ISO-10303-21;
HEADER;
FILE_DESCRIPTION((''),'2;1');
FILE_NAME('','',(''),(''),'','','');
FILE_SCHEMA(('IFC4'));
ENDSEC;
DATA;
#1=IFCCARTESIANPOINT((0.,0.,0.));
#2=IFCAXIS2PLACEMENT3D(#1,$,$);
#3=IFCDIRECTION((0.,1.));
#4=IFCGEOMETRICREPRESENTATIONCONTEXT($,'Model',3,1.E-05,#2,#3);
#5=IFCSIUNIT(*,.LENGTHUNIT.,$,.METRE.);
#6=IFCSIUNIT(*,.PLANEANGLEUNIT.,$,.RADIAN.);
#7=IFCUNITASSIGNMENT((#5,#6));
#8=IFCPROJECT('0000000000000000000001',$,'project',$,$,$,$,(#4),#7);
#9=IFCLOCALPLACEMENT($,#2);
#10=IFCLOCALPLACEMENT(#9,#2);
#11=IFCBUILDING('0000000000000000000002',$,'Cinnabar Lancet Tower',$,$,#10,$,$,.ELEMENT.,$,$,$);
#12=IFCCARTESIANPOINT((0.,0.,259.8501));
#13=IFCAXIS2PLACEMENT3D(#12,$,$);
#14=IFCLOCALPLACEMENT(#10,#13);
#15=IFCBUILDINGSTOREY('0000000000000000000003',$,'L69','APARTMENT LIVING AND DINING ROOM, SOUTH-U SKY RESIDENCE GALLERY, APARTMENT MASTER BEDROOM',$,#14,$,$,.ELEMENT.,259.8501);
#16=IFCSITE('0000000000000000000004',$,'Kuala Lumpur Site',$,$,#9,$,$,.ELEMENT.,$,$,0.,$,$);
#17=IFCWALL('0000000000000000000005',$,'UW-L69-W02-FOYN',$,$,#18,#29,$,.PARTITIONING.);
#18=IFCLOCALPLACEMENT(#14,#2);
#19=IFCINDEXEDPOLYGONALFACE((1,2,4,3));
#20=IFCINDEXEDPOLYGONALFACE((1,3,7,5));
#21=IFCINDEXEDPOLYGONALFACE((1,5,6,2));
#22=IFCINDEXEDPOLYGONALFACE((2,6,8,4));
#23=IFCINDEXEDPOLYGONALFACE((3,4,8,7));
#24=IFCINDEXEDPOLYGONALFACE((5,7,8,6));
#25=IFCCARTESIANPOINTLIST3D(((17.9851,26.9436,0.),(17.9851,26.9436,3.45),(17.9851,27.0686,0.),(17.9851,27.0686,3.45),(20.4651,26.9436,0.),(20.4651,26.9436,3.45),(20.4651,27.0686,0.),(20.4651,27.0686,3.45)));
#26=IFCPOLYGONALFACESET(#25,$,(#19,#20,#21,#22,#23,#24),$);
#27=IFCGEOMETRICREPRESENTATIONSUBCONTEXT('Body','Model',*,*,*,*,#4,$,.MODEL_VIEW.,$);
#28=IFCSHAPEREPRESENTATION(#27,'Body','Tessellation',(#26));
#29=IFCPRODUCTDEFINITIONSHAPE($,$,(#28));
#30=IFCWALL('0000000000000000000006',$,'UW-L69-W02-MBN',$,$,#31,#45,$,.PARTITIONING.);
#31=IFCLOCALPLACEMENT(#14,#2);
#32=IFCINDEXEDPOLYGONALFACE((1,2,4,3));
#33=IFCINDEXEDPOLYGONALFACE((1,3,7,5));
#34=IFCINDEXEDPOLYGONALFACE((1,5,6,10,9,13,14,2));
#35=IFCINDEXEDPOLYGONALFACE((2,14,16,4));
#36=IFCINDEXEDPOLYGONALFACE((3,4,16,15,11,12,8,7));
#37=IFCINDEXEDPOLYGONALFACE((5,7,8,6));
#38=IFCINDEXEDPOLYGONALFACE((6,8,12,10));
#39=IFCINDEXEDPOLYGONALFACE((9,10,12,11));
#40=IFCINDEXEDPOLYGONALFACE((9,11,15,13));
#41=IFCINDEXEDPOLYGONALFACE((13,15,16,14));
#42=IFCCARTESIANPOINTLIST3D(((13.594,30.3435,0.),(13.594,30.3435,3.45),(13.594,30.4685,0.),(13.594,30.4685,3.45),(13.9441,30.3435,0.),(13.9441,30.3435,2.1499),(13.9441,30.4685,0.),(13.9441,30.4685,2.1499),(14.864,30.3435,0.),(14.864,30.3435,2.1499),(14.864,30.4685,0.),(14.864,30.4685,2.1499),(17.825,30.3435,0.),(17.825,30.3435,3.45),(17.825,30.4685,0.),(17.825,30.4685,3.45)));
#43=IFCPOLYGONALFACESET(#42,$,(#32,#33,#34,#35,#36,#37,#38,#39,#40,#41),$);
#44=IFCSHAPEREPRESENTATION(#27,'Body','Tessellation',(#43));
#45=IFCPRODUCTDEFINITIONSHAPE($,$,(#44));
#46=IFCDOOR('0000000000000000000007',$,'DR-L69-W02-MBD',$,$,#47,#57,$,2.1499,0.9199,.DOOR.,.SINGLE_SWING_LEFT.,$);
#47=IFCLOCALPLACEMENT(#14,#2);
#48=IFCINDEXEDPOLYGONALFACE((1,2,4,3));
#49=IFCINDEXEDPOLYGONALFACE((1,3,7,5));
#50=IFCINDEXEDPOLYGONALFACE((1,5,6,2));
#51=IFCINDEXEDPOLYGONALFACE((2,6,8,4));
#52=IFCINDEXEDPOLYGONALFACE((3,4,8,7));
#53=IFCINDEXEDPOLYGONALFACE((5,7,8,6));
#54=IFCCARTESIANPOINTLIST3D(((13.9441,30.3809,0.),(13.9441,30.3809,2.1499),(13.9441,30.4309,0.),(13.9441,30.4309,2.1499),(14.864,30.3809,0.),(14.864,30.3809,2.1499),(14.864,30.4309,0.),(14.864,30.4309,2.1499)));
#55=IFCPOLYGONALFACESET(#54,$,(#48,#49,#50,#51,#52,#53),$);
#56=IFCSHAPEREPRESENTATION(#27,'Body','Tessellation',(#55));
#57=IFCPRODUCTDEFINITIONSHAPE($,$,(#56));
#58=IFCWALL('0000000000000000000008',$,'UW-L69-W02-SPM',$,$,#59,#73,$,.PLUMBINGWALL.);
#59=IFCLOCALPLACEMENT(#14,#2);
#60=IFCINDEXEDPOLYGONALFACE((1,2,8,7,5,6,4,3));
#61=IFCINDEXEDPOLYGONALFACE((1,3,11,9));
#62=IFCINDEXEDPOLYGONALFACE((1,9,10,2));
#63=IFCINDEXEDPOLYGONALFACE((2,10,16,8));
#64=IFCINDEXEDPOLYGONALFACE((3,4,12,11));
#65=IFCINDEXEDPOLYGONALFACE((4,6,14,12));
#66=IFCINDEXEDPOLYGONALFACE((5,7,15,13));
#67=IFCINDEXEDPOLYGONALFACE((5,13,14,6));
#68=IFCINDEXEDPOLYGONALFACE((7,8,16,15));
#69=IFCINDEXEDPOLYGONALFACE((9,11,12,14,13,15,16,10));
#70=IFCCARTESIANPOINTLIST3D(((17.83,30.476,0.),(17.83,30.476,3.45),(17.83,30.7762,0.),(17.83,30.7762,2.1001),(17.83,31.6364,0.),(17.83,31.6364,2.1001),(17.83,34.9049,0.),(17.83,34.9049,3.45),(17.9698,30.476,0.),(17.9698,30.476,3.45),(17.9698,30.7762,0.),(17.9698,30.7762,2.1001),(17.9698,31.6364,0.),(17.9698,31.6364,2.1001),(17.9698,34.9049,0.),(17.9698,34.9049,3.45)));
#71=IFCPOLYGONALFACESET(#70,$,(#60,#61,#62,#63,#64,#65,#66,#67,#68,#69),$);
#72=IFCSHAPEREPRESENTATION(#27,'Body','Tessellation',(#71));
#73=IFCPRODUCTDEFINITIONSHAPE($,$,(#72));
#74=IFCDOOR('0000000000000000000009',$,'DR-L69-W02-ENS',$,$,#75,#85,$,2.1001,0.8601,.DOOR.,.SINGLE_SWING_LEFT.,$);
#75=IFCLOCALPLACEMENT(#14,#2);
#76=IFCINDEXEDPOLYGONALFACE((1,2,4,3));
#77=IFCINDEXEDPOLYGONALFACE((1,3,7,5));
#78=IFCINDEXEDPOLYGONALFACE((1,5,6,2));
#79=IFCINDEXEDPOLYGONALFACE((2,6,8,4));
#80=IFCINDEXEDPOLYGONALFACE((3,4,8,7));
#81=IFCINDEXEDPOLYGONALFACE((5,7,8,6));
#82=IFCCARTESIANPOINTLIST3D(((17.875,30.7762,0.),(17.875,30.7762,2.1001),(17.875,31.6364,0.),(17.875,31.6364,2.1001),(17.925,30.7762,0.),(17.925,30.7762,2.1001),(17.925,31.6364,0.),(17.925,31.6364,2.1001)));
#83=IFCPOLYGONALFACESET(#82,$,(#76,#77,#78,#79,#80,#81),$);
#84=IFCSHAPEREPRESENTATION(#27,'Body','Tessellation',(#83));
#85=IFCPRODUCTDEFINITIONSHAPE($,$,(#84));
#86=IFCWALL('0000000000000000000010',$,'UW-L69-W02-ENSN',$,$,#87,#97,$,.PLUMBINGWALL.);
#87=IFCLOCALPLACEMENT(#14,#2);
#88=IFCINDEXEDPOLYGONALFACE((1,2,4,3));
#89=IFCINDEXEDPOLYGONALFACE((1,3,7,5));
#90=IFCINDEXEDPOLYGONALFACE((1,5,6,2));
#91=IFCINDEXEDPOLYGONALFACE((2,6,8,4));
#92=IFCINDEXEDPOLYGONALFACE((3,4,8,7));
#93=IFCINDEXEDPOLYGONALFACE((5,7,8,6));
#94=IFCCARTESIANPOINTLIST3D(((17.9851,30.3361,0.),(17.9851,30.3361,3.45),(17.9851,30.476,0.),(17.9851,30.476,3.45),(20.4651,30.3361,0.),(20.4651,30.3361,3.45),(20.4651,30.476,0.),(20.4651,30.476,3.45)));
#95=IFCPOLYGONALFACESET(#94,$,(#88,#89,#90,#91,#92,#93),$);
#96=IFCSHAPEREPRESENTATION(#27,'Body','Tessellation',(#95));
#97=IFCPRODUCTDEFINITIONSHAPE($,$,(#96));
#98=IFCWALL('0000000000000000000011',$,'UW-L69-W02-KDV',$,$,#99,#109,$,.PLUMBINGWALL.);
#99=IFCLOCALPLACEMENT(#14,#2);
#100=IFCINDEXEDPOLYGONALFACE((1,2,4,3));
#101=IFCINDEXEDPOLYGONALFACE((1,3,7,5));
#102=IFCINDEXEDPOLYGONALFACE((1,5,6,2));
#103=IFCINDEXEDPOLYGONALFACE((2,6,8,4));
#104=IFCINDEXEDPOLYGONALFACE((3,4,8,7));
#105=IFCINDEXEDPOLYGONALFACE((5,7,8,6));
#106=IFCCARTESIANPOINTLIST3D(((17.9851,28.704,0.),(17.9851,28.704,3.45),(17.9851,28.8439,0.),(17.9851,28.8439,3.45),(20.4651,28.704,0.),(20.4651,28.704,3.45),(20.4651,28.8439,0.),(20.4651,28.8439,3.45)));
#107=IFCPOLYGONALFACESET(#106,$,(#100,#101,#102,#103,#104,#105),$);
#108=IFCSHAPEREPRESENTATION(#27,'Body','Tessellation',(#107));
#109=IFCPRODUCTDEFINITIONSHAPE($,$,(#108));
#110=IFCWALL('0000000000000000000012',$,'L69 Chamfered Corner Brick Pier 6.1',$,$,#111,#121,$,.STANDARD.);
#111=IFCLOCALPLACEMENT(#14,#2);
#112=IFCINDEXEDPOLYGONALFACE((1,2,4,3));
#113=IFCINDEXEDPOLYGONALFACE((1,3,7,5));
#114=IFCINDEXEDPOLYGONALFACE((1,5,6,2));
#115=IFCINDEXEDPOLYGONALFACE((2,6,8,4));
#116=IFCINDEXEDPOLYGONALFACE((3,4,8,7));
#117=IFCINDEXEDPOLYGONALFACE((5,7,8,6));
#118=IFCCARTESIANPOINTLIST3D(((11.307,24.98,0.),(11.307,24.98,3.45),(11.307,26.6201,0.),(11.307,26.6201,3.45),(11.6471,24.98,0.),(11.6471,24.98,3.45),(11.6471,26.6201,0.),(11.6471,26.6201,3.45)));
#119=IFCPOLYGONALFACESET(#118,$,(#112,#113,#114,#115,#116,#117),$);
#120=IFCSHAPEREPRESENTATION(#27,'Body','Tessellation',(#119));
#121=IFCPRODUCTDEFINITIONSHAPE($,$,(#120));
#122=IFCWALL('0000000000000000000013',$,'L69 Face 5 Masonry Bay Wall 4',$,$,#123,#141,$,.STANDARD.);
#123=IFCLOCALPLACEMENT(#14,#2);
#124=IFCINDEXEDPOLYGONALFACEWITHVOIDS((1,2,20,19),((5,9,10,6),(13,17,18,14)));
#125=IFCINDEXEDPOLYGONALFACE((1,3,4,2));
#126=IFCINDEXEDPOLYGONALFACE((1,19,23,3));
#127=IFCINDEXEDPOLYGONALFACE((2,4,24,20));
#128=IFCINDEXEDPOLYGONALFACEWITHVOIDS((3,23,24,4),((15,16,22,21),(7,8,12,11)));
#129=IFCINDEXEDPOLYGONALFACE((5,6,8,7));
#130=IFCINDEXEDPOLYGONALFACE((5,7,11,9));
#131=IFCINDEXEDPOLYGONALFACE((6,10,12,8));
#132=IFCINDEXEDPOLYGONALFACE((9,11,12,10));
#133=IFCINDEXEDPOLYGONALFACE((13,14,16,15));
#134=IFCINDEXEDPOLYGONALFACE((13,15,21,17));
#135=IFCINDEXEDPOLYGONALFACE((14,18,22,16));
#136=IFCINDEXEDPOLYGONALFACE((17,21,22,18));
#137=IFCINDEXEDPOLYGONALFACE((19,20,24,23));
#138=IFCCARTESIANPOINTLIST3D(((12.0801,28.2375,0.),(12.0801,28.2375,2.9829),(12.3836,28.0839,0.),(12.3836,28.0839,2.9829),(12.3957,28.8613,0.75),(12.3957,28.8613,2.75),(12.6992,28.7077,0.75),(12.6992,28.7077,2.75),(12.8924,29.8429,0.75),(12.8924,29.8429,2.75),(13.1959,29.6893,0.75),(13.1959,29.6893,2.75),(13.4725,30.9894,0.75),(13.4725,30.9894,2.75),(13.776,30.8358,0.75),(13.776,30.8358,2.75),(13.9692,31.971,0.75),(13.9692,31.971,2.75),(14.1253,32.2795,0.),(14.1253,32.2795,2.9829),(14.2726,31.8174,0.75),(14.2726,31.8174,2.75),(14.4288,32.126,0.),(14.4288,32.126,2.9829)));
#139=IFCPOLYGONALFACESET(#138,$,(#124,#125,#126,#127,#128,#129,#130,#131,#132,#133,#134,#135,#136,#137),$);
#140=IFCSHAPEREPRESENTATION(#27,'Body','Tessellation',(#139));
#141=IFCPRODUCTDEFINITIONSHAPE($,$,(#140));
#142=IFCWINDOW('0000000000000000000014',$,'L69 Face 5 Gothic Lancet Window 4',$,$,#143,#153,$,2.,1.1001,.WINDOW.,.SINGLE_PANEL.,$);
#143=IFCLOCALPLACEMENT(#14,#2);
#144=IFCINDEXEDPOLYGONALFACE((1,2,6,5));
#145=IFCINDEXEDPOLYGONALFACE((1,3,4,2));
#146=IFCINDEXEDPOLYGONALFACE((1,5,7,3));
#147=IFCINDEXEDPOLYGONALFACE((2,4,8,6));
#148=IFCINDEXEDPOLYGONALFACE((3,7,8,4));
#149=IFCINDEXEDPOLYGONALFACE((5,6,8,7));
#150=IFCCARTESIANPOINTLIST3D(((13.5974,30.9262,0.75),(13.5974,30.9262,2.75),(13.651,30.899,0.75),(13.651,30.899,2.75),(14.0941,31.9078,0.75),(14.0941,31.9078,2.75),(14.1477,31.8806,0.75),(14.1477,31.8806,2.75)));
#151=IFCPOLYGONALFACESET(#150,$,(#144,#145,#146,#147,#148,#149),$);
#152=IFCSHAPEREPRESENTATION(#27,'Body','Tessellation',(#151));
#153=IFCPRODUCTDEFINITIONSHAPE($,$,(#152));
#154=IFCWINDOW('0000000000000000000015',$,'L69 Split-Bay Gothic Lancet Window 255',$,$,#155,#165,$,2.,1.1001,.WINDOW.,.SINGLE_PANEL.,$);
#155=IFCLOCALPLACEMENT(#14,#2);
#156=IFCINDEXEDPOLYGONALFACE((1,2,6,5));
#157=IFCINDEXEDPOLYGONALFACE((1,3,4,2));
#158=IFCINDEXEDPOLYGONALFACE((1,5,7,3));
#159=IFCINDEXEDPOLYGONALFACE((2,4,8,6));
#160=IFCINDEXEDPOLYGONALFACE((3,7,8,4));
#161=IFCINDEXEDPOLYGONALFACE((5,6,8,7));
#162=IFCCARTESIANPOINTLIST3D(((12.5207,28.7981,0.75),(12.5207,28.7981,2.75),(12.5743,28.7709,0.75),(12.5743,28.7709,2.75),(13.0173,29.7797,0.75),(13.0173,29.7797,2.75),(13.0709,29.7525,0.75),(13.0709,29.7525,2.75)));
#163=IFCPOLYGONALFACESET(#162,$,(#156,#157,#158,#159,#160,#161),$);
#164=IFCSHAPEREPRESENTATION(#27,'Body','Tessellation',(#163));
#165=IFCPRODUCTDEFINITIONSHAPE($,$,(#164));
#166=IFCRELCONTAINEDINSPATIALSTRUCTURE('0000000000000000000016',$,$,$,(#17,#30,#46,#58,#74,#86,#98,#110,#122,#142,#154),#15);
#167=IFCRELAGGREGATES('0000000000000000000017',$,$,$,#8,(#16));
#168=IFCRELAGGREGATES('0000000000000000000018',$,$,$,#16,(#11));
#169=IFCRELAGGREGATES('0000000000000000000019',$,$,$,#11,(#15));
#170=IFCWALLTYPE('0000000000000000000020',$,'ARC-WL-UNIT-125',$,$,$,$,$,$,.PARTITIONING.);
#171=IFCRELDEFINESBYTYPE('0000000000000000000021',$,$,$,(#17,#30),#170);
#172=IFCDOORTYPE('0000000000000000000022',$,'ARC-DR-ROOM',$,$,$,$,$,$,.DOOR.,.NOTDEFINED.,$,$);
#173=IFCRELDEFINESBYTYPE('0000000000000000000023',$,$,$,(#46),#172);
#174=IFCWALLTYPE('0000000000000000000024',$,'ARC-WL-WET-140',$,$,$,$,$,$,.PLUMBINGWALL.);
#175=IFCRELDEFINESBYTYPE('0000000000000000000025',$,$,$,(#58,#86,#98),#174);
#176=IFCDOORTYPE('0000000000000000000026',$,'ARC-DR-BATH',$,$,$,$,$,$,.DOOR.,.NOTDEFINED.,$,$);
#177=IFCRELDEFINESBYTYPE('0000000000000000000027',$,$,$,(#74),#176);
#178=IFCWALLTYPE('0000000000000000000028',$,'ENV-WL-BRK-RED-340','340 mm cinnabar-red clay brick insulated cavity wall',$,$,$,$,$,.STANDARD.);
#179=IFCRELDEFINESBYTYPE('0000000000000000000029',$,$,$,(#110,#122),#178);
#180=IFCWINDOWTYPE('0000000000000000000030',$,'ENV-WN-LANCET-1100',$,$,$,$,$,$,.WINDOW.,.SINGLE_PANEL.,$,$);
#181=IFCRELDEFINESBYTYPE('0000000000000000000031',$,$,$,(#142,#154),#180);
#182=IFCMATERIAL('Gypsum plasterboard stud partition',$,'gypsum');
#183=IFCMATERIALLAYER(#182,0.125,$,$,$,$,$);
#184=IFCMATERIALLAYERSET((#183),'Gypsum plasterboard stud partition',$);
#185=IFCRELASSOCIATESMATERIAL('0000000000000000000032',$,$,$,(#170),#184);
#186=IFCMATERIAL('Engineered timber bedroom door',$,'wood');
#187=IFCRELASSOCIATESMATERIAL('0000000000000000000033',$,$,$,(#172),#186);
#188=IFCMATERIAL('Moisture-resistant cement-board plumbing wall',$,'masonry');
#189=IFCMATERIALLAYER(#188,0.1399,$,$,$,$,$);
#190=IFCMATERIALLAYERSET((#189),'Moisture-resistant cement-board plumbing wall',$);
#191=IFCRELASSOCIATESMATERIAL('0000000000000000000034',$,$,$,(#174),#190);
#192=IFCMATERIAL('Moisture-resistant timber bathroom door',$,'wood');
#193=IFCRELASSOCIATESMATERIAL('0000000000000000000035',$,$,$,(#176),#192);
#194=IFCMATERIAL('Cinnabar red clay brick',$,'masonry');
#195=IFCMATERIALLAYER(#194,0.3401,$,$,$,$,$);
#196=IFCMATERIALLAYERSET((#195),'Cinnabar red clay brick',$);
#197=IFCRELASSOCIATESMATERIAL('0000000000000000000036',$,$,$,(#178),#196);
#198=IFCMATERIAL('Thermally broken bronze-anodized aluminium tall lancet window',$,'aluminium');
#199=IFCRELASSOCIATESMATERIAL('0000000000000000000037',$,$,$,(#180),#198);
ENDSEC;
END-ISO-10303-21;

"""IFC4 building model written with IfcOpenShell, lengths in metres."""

from ifc_helpers import new_model, si_unit, direction, frame, frame_2d, origin, place, context, subcontext, project, spatial, rectangle, extrude, material, layer, layer_set, type_object, element, fill, save


model = new_model("IFC4")

# Units and contexts
model_context = context("Model", 3, precision=1e-05, world=origin(), true_north=direction((0.0, 1.0)))
body_context = subcontext(model_context, "Body", "Model", "MODEL_VIEW")
ifc_project = project(units=[si_unit("LENGTHUNIT", "METRE"), si_unit("PLANEANGLEUNIT", "RADIAN")], contexts=[model_context])

# Site, building, storey
site_placement = place(None, origin())
site = spatial("IfcSite", under=ifc_project, at=site_placement, Name="Kuala Lumpur Site", CompositionType="ELEMENT", RefElevation=0.0)
building_placement = place(site_placement, origin())
building = spatial("IfcBuilding", under=site, at=building_placement, Name="Cinnabar Lancet Tower", CompositionType="ELEMENT")
storey_placement = place(building_placement, frame((0.0, 0.0, 259.8501)))
storey = spatial("IfcBuildingStorey", under=building, at=storey_placement, Name="L69", Description="APARTMENT LIVING AND DINING ROOM, SOUTH-U SKY RESIDENCE GALLERY, APARTMENT MASTER BEDROOM", CompositionType="ELEMENT", Elevation=259.8501)

# Wall
ifc_material_1 = material(Name="Gypsum plasterboard stud partition", Category="gypsum")
ifc_layer_1 = layer(ifc_material_1, 0.125)
ifc_layer_set_1 = layer_set([ifc_layer_1], Name="Gypsum plasterboard stud partition")
wall_type_1 = type_object("IfcWallType", Name="ARC-WL-UNIT-125", PredefinedType="PARTITIONING", material=ifc_layer_set_1)
wall_1_placement = place(storey_placement, frame((17.9851, 27.0061, 0.0), z_axis=(0.0, 0.0, 1.0), x_axis=(1.0, 0.0, 0.0)))
element("IfcWall", 1, at=wall_1_placement, inside=storey, type_object=wall_type_1, Name="UW-L69-W02-FOYN", PredefinedType="PARTITIONING", context=body_context, shape_type="SweptSolid", body=[
    extrude(rectangle(XDim=2.48, YDim=0.125, at=frame_2d((1.24, 0.0))), origin(), (0.0, 0.0, 1.0), 3.45),
])

# Wall, opening, door
wall_2_placement = place(storey_placement, frame((13.594, 30.406, 0.0), z_axis=(0.0, 0.0, 1.0), x_axis=(1.0, 0.0, 0.0)))
wall_2 = element("IfcWall", 2, at=wall_2_placement, inside=storey, type_object=wall_type_1, Name="UW-L69-W02-MBN", PredefinedType="PARTITIONING", context=body_context, shape_type="SweptSolid", body=[
    extrude(rectangle(XDim=4.231, YDim=0.125, at=frame_2d((2.1155, 0.0))), origin(), (0.0, 0.0, 1.0), 3.45),
])
opening_1_placement = place(wall_2_placement, frame((0.3501, 0.0, 0.0)))
opening_1 = element("IfcOpeningElement", 3, at=opening_1_placement, cuts=wall_2, PredefinedType="OPENING", context=body_context, shape_type="SweptSolid", body=[
    extrude(rectangle(XDim=0.9199, YDim=2.1499, at=frame_2d((0.46, 1.075))), frame((0.0, 0.0725, 0.0), z_axis=(0.0, -1.0, 0.0), x_axis=(1.0, 0.0, 0.0)), (0.0, 0.0, 1.0), 0.145),
])
ifc_material_2 = material(Name="Engineered timber bedroom door", Category="wood")
door_type_1 = type_object("IfcDoorType", Name="ARC-DR-ROOM", OperationType="NOTDEFINED", PredefinedType="DOOR", material=ifc_material_2)
door_1_placement = place(opening_1_placement, origin())
door_1 = element("IfcDoor", 4, at=door_1_placement, inside=storey, type_object=door_type_1, Name="DR-L69-W02-MBD", OperationType="SINGLE_SWING_LEFT", OverallHeight=2.1499, OverallWidth=0.9199, PredefinedType="DOOR", context=body_context, shape_type="SweptSolid", body=[
    extrude(rectangle(XDim=0.9199, YDim=2.1499, at=frame_2d((0.46, 1.075))), frame((0.0, 0.0249, 0.0), z_axis=(0.0, -1.0, 0.0), x_axis=(1.0, 0.0, 0.0)), (0.0, 0.0, 1.0), 0.05),
])
fill(opening_1, door_1)

# Shared definitions
ifc_material_3 = material(Name="Moisture-resistant cement-board plumbing wall", Category="masonry")
ifc_layer_2 = layer(ifc_material_3, 0.1399)
ifc_layer_set_2 = layer_set([ifc_layer_2], Name="Moisture-resistant cement-board plumbing wall")
wall_type_2 = type_object("IfcWallType", Name="ARC-WL-WET-140", PredefinedType="PLUMBINGWALL", material=ifc_layer_set_2)
ifc_material_4 = material(Name="Moisture-resistant timber bathroom door", Category="wood")
door_type_2 = type_object("IfcDoorType", Name="ARC-DR-BATH", OperationType="NOTDEFINED", PredefinedType="DOOR", material=ifc_material_4)

# Wall, opening, door
wall_3_placement = place(storey_placement, frame((17.8999, 30.4761, 0.0), z_axis=(0.0, 0.0, 1.0), x_axis=(0.0, 1.0, 0.0)))
wall_3 = element("IfcWall", 5, at=wall_3_placement, inside=storey, type_object=wall_type_2, Name="UW-L69-W02-SPM", PredefinedType="PLUMBINGWALL", context=body_context, shape_type="SweptSolid", body=[
    extrude(rectangle(XDim=4.429, YDim=0.1399, at=frame_2d((2.2144, 0.0))), origin(), (0.0, 0.0, 1.0), 3.45),
])
opening_2_placement = place(wall_3_placement, frame((0.3, 0.0, 0.0)))
opening_2 = element("IfcOpeningElement", 6, at=opening_2_placement, cuts=wall_3, PredefinedType="OPENING", context=body_context, shape_type="SweptSolid", body=[
    extrude(rectangle(XDim=0.8601, YDim=2.1001, at=frame_2d((0.4302, 1.05))), frame((0.0, 0.0798, 0.0), z_axis=(0.0, -1.0, 0.0), x_axis=(1.0, 0.0, 0.0)), (0.0, 0.0, 1.0), 0.1599),
])
door_2_placement = place(opening_2_placement, origin())
door_2 = element("IfcDoor", 7, at=door_2_placement, inside=storey, type_object=door_type_2, Name="DR-L69-W02-ENS", OperationType="SINGLE_SWING_LEFT", OverallHeight=2.1001, OverallWidth=0.8601, PredefinedType="DOOR", context=body_context, shape_type="SweptSolid", body=[
    extrude(rectangle(XDim=0.8601, YDim=2.1001, at=frame_2d((0.4302, 1.05))), frame((0.0, 0.0249, 0.0), z_axis=(0.0, -1.0, 0.0), x_axis=(1.0, 0.0, 0.0)), (0.0, 0.0, 1.0), 0.05),
])
fill(opening_2, door_2)

# Walls
for number, where, z_axis, x_axis, name in (
    (8, (17.9851, 30.406, 0.0), (0.0, 0.0, 1.0), (1.0, 0.0, 0.0), "UW-L69-W02-ENSN"),
    (9, (17.9851, 28.7739, 0.0), (0.0, 0.0, 1.0), (1.0, 0.0, 0.0), "UW-L69-W02-KDV"),
):
    element("IfcWall", number, at=place(storey_placement, frame(where, z_axis=z_axis, x_axis=x_axis)), inside=storey, type_object=wall_type_2, Name=name, PredefinedType="PLUMBINGWALL", context=body_context, shape_type="SweptSolid", body=[
        extrude(rectangle(XDim=2.48, YDim=0.1399, at=frame_2d((1.24, 0.0))), origin(), (0.0, 0.0, 1.0), 3.45),
    ])
ifc_material_5 = material(Name="Cinnabar red clay brick", Category="masonry")
ifc_layer_3 = layer(ifc_material_5, 0.3401)
ifc_layer_set_3 = layer_set([ifc_layer_3], Name="Cinnabar red clay brick")
wall_type_3 = type_object("IfcWallType", Name="ENV-WL-BRK-RED-340", Description="340 mm cinnabar-red clay brick insulated cavity wall", PredefinedType="STANDARD", material=ifc_layer_set_3)
wall_4_placement = place(storey_placement, frame((11.4771, 26.6201, 0.0), z_axis=(0.0, 0.0, 1.0), x_axis=(0.0, -1.0, 0.0)))
element("IfcWall", 10, at=wall_4_placement, inside=storey, type_object=wall_type_3, Name="L69 Chamfered Corner Brick Pier 6.1", PredefinedType="STANDARD", context=body_context, shape_type="SweptSolid", body=[
    extrude(rectangle(XDim=1.6401, YDim=0.3401, at=frame_2d((0.8201, 0.0))), origin(), (0.0, 0.0, 1.0), 3.45),
])

# Wall, openings, windows
wall_5_placement = place(storey_placement, frame((14.2771, 32.2029, 0.0), z_axis=(0.0, 0.0, 1.0), x_axis=(-0.451477, -0.892283, 0.0)))
wall_5 = element("IfcWall", 11, at=wall_5_placement, inside=storey, type_object=wall_type_3, Name="L69 Face 5 Masonry Bay Wall 4", PredefinedType="STANDARD", context=body_context, shape_type="SweptSolid", body=[
    extrude(rectangle(XDim=4.53, YDim=0.3401, at=frame_2d((2.2651, 0.0))), origin(), (0.0, 0.0, 1.0), 2.9829),
])
opening_3_placement = place(wall_5_placement, frame((0.3459, 0.0, 0.75)))
opening_3 = element("IfcOpeningElement", 12, at=opening_3_placement, cuts=wall_5, PredefinedType="OPENING", context=body_context, shape_type="SweptSolid", body=[
    extrude(rectangle(XDim=1.1001, YDim=2.0, at=frame_2d((0.55, 1.0))), frame((0.0, 0.1799, 0.0), z_axis=(0.0, -1.0, 0.0), x_axis=(1.0, 0.0, 0.0)), (0.0, 0.0, 1.0), 0.3601),
])
opening_4_placement = place(wall_5_placement, frame((2.731, 0.0, 0.75)))
opening_4 = element("IfcOpeningElement", 13, at=opening_4_placement, cuts=wall_5, PredefinedType="OPENING", context=body_context, shape_type="SweptSolid", body=[
    extrude(rectangle(XDim=1.1001, YDim=2.0, at=frame_2d((0.55, 1.0))), frame((0.0, 0.1799, 0.0), z_axis=(0.0, -1.0, 0.0), x_axis=(1.0, 0.0, 0.0)), (0.0, 0.0, 1.0), 0.3601),
])
ifc_material_6 = material(Name="Thermally broken bronze-anodized aluminium tall lancet window", Category="aluminium")
window_type = type_object("IfcWindowType", Name="ENV-WN-LANCET-1100", PartitioningType="SINGLE_PANEL", PredefinedType="WINDOW", material=ifc_material_6)
window_1_placement = place(opening_3_placement, origin())
window_1 = element("IfcWindow", 14, at=window_1_placement, inside=storey, type_object=window_type, Name="L69 Face 5 Gothic Lancet Window 4", OverallHeight=2.0, OverallWidth=1.1001, PartitioningType="SINGLE_PANEL", PredefinedType="WINDOW", context=body_context, shape_type="SweptSolid", body=[
    extrude(rectangle(XDim=1.1001, YDim=2.0, at=frame_2d((0.55, 1.0))), frame((0.0, 0.03, 0.0), z_axis=(0.0, -1.0, 0.0), x_axis=(1.0, 0.0, 0.0)), (0.0, 0.0, 1.0), 0.0601),
])
fill(opening_3, window_1)
window_2_placement = place(opening_4_placement, origin())
window_2 = element("IfcWindow", 15, at=window_2_placement, inside=storey, type_object=window_type, Name="L69 Split-Bay Gothic Lancet Window 255", OverallHeight=2.0, OverallWidth=1.1001, PartitioningType="SINGLE_PANEL", PredefinedType="WINDOW", context=body_context, shape_type="SweptSolid", body=[
    extrude(rectangle(XDim=1.1001, YDim=2.0, at=frame_2d((0.55, 1.0))), frame((0.0, 0.03, 0.0), z_axis=(0.0, -1.0, 0.0), x_axis=(1.0, 0.0, 0.0)), (0.0, 0.0, 1.0), 0.0601),
])
fill(opening_4, window_2)

save(model, "model.ifc")
